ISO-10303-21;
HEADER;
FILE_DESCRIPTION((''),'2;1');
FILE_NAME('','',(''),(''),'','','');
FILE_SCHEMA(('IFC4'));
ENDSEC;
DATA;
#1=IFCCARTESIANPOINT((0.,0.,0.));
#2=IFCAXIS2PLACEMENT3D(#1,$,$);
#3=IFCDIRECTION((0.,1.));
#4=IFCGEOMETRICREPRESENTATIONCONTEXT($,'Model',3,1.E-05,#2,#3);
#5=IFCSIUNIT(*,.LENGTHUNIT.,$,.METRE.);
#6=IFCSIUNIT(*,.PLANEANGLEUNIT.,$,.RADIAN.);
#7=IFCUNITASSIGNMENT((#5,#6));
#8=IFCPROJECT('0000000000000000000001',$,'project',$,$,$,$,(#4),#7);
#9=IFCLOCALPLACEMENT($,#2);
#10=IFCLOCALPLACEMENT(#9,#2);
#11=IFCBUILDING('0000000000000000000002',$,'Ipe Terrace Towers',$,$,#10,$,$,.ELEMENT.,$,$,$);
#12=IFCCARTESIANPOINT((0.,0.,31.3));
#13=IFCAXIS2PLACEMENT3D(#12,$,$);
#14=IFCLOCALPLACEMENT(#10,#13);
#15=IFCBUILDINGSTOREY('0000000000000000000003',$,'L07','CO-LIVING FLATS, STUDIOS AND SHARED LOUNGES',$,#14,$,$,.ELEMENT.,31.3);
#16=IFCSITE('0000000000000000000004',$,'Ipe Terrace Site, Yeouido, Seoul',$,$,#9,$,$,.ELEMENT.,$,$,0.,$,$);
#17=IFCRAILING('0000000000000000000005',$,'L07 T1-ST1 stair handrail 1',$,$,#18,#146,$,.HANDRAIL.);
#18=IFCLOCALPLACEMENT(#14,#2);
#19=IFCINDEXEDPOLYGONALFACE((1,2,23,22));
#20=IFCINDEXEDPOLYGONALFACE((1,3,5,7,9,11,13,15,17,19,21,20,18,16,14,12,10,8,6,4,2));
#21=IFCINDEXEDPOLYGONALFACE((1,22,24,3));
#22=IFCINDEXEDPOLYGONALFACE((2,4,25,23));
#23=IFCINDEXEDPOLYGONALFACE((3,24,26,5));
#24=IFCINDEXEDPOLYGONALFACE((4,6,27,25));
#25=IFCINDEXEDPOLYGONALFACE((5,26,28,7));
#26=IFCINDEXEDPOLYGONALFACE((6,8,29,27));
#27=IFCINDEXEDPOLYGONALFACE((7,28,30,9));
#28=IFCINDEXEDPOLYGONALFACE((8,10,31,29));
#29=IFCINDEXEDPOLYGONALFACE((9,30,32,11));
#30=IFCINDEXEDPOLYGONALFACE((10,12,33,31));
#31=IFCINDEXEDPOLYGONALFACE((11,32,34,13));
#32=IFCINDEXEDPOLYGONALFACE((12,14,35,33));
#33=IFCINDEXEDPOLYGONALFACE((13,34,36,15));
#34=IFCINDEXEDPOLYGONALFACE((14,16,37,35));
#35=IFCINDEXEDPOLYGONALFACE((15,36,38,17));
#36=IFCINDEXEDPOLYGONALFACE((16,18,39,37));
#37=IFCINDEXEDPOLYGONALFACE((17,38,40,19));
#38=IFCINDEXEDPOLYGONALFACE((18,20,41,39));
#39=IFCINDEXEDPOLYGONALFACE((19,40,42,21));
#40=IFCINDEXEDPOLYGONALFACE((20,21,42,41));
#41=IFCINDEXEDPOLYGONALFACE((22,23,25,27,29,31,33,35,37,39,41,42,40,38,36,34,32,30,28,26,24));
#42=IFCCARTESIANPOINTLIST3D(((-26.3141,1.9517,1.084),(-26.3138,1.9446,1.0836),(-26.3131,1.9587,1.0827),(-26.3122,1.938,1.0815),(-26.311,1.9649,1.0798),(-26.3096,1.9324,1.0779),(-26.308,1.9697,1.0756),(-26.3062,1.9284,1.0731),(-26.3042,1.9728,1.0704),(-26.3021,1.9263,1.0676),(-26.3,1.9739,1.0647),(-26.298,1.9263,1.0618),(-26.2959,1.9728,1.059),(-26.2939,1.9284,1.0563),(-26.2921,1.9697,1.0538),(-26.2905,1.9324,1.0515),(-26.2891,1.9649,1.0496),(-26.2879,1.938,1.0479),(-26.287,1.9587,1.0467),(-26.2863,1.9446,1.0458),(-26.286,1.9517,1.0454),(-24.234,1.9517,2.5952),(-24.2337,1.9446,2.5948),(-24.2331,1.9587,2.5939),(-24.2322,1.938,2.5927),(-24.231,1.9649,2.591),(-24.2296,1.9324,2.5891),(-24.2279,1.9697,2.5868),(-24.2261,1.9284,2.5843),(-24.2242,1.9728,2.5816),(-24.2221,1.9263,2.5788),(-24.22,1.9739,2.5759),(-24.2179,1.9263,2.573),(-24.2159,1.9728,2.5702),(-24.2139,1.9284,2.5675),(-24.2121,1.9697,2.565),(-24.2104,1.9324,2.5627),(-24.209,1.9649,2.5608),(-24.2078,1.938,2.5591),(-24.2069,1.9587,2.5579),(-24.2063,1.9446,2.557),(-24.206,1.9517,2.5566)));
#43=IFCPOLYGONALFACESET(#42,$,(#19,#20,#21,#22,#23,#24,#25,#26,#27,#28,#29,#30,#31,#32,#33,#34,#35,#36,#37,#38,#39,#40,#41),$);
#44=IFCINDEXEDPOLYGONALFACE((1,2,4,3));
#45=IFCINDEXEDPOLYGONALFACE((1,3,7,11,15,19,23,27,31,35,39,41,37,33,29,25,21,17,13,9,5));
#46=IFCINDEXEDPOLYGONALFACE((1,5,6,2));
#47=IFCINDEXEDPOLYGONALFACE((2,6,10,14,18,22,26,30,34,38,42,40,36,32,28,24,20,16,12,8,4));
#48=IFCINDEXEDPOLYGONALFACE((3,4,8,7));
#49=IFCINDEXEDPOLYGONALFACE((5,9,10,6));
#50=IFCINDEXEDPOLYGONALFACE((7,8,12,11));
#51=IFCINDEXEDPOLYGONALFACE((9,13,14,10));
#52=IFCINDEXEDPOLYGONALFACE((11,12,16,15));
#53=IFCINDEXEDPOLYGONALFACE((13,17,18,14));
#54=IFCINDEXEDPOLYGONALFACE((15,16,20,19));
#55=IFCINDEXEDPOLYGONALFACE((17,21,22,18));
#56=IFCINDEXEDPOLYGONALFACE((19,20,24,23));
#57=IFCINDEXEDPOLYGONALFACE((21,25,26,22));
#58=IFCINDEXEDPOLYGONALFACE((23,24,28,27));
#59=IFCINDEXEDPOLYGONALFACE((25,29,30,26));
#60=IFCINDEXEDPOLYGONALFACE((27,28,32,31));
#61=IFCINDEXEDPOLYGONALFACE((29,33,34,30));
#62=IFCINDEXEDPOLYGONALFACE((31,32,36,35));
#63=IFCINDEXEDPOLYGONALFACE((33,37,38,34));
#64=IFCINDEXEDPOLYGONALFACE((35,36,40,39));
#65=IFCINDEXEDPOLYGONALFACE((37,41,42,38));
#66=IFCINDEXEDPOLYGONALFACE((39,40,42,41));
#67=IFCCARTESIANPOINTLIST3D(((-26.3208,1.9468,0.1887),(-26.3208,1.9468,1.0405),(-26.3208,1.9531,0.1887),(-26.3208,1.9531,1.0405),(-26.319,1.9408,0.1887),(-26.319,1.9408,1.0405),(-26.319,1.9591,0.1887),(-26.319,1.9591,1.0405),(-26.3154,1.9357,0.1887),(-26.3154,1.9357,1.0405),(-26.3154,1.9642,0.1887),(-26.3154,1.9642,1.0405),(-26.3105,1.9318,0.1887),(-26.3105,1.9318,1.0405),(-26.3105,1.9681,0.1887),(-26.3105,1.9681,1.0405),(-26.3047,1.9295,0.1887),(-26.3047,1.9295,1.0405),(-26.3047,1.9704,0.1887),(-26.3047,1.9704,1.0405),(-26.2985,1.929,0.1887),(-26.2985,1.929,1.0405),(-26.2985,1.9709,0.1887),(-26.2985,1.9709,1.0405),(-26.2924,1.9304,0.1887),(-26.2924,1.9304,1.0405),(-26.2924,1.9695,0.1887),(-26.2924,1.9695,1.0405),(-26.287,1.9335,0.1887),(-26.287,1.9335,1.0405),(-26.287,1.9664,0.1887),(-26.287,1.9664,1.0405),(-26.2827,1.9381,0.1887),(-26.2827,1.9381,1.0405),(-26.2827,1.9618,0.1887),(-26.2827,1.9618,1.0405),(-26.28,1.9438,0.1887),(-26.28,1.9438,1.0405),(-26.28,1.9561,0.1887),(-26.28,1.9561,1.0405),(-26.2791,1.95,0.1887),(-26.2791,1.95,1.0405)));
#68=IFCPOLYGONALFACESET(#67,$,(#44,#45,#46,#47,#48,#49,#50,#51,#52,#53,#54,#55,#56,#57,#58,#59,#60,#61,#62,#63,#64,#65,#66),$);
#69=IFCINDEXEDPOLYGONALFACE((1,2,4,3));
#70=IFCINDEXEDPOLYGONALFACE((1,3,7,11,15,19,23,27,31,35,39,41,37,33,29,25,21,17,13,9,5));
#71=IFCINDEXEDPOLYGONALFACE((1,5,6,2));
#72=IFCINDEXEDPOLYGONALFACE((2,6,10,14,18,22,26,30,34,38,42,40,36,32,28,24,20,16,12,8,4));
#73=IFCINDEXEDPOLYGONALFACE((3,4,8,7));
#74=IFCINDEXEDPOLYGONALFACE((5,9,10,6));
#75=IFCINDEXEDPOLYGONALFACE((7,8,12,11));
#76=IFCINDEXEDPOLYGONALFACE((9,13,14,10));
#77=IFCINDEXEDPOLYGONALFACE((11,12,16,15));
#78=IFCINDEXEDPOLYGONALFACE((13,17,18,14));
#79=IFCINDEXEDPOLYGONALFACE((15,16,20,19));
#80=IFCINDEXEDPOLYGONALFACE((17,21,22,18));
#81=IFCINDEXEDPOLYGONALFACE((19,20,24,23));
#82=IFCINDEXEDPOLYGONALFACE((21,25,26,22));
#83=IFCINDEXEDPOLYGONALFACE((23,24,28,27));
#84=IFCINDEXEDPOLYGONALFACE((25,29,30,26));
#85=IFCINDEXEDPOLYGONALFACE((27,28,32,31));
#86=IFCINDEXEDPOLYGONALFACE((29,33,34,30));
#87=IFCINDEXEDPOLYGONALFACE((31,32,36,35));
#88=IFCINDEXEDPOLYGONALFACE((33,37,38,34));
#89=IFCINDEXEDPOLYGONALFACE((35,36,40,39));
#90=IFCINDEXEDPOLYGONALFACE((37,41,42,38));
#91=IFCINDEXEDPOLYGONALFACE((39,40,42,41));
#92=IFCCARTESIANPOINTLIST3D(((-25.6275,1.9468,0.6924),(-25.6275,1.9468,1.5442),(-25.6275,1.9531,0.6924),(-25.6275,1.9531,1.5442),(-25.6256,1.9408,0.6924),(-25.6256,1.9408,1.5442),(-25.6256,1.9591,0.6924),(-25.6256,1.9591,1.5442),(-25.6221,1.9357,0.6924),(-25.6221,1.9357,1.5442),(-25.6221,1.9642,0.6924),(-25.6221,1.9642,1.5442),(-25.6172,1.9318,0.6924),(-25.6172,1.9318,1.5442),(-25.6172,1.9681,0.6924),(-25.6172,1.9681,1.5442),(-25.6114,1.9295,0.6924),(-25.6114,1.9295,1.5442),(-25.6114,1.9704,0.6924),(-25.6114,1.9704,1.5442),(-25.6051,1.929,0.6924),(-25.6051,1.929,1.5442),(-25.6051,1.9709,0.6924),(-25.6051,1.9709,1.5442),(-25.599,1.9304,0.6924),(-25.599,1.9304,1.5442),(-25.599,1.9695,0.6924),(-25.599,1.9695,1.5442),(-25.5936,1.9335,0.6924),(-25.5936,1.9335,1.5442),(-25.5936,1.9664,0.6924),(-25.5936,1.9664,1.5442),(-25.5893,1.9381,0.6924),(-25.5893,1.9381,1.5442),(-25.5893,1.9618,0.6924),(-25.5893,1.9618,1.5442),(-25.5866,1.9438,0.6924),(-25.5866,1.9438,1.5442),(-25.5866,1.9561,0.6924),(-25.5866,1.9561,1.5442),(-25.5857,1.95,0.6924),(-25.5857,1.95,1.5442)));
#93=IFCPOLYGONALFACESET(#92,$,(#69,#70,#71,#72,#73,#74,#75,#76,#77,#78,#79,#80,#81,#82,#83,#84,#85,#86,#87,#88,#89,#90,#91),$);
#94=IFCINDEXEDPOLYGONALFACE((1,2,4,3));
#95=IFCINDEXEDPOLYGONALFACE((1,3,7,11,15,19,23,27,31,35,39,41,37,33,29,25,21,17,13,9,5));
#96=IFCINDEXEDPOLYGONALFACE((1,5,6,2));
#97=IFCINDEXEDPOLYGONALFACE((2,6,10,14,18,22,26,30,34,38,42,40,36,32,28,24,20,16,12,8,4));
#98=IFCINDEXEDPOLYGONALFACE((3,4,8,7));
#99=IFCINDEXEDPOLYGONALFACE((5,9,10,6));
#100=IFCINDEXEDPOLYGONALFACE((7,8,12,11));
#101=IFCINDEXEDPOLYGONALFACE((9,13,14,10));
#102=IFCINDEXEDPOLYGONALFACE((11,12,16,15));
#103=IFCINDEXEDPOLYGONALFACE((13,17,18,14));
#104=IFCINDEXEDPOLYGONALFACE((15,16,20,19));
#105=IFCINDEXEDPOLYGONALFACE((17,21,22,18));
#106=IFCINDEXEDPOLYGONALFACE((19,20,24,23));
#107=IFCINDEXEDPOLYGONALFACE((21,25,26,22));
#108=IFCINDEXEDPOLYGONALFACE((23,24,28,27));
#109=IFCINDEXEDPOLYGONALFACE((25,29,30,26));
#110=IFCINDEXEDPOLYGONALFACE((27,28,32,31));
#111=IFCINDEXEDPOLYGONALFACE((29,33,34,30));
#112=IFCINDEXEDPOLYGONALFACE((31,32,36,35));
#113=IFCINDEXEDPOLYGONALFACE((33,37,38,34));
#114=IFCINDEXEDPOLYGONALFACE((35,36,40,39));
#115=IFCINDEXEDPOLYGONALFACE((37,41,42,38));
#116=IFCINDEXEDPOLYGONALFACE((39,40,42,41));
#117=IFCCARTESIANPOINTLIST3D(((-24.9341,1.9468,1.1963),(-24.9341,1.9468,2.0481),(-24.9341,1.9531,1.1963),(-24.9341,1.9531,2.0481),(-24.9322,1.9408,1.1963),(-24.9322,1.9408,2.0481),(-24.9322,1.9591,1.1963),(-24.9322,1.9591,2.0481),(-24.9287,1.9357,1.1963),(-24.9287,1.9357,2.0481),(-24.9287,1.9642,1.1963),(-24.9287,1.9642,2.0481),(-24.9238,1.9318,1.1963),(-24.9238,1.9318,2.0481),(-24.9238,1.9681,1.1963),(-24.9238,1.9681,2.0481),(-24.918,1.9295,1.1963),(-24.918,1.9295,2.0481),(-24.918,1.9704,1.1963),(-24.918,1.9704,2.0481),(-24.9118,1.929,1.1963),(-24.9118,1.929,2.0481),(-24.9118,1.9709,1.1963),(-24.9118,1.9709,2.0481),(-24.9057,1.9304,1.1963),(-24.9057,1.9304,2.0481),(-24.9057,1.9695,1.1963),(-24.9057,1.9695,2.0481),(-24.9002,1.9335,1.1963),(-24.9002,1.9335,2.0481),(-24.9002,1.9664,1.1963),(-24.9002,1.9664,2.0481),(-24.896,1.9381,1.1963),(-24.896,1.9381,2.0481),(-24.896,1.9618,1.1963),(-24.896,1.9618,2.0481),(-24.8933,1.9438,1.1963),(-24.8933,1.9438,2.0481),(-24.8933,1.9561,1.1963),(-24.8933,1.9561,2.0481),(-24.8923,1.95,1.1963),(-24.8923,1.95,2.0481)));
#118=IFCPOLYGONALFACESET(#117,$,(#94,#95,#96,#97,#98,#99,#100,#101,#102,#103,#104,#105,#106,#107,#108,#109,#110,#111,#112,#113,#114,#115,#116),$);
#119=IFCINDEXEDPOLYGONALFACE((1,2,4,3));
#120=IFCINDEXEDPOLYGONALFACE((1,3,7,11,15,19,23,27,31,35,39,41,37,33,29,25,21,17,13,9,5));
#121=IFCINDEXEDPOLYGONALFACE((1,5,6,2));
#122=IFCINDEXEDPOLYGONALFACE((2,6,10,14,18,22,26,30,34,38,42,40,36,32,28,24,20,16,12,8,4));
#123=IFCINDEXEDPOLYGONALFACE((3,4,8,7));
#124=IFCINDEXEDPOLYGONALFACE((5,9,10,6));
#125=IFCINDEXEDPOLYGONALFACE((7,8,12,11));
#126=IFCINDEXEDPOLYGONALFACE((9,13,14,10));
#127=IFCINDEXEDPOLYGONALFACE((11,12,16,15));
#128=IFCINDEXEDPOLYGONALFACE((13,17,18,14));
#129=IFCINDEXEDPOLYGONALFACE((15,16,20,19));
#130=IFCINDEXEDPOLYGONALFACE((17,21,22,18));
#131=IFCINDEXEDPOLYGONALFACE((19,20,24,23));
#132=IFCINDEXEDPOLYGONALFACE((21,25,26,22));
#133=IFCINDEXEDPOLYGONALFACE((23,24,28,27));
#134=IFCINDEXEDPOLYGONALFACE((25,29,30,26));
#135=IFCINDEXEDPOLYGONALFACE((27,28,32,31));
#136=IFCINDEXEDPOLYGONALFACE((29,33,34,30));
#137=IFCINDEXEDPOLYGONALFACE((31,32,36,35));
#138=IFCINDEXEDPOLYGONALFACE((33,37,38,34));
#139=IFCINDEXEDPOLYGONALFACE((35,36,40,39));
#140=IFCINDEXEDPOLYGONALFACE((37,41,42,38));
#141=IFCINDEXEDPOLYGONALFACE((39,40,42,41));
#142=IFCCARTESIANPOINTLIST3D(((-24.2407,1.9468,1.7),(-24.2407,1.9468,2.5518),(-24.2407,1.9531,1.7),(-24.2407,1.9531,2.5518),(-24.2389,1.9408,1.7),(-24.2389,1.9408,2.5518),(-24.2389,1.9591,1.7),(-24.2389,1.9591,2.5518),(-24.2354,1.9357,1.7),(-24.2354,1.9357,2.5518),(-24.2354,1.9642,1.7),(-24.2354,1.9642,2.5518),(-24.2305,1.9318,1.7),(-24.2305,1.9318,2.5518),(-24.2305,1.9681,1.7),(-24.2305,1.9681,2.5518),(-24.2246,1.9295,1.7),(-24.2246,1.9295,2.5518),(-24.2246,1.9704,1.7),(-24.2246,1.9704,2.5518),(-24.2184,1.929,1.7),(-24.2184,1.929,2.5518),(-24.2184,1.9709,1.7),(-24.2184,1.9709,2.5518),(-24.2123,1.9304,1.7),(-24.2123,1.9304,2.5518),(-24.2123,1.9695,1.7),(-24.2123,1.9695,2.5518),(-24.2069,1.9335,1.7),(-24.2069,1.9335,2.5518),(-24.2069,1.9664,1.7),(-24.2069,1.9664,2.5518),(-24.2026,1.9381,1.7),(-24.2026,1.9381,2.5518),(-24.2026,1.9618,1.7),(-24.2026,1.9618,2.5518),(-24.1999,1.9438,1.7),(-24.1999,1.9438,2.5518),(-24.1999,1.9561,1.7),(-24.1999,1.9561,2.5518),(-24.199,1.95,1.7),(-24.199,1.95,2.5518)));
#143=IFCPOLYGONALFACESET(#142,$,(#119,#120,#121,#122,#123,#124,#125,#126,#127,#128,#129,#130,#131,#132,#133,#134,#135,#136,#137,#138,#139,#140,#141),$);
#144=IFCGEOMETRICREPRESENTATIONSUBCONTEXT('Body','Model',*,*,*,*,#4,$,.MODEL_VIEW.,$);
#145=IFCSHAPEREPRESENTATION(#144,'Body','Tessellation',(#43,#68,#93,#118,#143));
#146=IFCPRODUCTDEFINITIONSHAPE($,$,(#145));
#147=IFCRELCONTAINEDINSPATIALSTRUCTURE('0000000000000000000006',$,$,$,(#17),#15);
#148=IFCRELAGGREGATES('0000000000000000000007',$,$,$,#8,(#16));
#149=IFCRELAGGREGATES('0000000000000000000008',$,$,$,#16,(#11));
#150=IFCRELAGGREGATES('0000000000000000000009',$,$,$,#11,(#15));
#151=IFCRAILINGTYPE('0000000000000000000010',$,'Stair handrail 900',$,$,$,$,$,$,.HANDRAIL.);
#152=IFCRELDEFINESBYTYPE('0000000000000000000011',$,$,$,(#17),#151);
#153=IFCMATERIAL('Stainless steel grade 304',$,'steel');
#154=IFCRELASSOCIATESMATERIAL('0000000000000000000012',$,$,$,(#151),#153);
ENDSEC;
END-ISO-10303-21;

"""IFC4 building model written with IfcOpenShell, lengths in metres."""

from ifc_helpers import new_model, si_unit, direction, frame, origin, origin_2d, place, context, subcontext, project, spatial, circle, extrude, material, type_object, element, save


model = new_model("IFC4")

# Units and contexts
model_context = context("Model", 3, precision=1e-05, world=origin(), true_north=direction((0.0, 1.0)))
body_context = subcontext(model_context, "Body", "Model", "MODEL_VIEW")
ifc_project = project(units=[si_unit("LENGTHUNIT", "METRE"), si_unit("PLANEANGLEUNIT", "RADIAN")], contexts=[model_context])

# Site, building, storey
site_placement = place(None, origin())
site = spatial("IfcSite", under=ifc_project, at=site_placement, Name="Ipe Terrace Site, Yeouido, Seoul", CompositionType="ELEMENT", RefElevation=0.0)
building_placement = place(site_placement, origin())
building = spatial("IfcBuilding", under=site, at=building_placement, Name="Ipe Terrace Towers", CompositionType="ELEMENT")
storey_placement = place(building_placement, frame((0.0, 0.0, 31.3)))
storey = spatial("IfcBuildingStorey", under=building, at=storey_placement, Name="L07", Description="CO-LIVING FLATS, STUDIOS AND SHARED LOUNGES", CompositionType="ELEMENT", Elevation=31.3)

# Railing
ifc_material_1 = material(Name="Stainless steel grade 304", Category="steel")
railing_type_1 = type_object("IfcRailingType", Name="Stair handrail 900", PredefinedType="HANDRAIL", material=ifc_material_1)
railing_1_placement = place(storey_placement, frame((-26.3, 1.95, 0.1887)))
element("IfcRailing", 1, at=railing_1_placement, inside=storey, type_object=railing_type_1, Name="L07 T1-ST1 stair handrail 1", PredefinedType="HANDRAIL", context=body_context, shape_type="SweptSolid", body=[
    extrude(circle(Radius=0.0239, at=origin_2d()), frame((0.0, 0.0, 0.876), z_axis=(0.809023, 0.0, 0.587776), x_axis=(0.0, 1.0, 0.0)), (0.0, 0.0, 1.0), 2.571),
    extrude(circle(Radius=0.021, at=origin_2d()), origin(), (0.0, 0.0, 1.0), 0.8518),
    extrude(circle(Radius=0.021, at=origin_2d()), frame((0.6934, 0.0, 0.5037)), (0.0, 0.0, 1.0), 0.8518),
    extrude(circle(Radius=0.021, at=origin_2d()), frame((1.3867, 0.0, 1.0076)), (0.0, 0.0, 1.0), 0.8518),
    extrude(circle(Radius=0.021, at=origin_2d()), frame((2.0801, 0.0, 1.5112)), (0.0, 0.0, 1.0), 0.8518),
])

save(model, "model.ifc")
